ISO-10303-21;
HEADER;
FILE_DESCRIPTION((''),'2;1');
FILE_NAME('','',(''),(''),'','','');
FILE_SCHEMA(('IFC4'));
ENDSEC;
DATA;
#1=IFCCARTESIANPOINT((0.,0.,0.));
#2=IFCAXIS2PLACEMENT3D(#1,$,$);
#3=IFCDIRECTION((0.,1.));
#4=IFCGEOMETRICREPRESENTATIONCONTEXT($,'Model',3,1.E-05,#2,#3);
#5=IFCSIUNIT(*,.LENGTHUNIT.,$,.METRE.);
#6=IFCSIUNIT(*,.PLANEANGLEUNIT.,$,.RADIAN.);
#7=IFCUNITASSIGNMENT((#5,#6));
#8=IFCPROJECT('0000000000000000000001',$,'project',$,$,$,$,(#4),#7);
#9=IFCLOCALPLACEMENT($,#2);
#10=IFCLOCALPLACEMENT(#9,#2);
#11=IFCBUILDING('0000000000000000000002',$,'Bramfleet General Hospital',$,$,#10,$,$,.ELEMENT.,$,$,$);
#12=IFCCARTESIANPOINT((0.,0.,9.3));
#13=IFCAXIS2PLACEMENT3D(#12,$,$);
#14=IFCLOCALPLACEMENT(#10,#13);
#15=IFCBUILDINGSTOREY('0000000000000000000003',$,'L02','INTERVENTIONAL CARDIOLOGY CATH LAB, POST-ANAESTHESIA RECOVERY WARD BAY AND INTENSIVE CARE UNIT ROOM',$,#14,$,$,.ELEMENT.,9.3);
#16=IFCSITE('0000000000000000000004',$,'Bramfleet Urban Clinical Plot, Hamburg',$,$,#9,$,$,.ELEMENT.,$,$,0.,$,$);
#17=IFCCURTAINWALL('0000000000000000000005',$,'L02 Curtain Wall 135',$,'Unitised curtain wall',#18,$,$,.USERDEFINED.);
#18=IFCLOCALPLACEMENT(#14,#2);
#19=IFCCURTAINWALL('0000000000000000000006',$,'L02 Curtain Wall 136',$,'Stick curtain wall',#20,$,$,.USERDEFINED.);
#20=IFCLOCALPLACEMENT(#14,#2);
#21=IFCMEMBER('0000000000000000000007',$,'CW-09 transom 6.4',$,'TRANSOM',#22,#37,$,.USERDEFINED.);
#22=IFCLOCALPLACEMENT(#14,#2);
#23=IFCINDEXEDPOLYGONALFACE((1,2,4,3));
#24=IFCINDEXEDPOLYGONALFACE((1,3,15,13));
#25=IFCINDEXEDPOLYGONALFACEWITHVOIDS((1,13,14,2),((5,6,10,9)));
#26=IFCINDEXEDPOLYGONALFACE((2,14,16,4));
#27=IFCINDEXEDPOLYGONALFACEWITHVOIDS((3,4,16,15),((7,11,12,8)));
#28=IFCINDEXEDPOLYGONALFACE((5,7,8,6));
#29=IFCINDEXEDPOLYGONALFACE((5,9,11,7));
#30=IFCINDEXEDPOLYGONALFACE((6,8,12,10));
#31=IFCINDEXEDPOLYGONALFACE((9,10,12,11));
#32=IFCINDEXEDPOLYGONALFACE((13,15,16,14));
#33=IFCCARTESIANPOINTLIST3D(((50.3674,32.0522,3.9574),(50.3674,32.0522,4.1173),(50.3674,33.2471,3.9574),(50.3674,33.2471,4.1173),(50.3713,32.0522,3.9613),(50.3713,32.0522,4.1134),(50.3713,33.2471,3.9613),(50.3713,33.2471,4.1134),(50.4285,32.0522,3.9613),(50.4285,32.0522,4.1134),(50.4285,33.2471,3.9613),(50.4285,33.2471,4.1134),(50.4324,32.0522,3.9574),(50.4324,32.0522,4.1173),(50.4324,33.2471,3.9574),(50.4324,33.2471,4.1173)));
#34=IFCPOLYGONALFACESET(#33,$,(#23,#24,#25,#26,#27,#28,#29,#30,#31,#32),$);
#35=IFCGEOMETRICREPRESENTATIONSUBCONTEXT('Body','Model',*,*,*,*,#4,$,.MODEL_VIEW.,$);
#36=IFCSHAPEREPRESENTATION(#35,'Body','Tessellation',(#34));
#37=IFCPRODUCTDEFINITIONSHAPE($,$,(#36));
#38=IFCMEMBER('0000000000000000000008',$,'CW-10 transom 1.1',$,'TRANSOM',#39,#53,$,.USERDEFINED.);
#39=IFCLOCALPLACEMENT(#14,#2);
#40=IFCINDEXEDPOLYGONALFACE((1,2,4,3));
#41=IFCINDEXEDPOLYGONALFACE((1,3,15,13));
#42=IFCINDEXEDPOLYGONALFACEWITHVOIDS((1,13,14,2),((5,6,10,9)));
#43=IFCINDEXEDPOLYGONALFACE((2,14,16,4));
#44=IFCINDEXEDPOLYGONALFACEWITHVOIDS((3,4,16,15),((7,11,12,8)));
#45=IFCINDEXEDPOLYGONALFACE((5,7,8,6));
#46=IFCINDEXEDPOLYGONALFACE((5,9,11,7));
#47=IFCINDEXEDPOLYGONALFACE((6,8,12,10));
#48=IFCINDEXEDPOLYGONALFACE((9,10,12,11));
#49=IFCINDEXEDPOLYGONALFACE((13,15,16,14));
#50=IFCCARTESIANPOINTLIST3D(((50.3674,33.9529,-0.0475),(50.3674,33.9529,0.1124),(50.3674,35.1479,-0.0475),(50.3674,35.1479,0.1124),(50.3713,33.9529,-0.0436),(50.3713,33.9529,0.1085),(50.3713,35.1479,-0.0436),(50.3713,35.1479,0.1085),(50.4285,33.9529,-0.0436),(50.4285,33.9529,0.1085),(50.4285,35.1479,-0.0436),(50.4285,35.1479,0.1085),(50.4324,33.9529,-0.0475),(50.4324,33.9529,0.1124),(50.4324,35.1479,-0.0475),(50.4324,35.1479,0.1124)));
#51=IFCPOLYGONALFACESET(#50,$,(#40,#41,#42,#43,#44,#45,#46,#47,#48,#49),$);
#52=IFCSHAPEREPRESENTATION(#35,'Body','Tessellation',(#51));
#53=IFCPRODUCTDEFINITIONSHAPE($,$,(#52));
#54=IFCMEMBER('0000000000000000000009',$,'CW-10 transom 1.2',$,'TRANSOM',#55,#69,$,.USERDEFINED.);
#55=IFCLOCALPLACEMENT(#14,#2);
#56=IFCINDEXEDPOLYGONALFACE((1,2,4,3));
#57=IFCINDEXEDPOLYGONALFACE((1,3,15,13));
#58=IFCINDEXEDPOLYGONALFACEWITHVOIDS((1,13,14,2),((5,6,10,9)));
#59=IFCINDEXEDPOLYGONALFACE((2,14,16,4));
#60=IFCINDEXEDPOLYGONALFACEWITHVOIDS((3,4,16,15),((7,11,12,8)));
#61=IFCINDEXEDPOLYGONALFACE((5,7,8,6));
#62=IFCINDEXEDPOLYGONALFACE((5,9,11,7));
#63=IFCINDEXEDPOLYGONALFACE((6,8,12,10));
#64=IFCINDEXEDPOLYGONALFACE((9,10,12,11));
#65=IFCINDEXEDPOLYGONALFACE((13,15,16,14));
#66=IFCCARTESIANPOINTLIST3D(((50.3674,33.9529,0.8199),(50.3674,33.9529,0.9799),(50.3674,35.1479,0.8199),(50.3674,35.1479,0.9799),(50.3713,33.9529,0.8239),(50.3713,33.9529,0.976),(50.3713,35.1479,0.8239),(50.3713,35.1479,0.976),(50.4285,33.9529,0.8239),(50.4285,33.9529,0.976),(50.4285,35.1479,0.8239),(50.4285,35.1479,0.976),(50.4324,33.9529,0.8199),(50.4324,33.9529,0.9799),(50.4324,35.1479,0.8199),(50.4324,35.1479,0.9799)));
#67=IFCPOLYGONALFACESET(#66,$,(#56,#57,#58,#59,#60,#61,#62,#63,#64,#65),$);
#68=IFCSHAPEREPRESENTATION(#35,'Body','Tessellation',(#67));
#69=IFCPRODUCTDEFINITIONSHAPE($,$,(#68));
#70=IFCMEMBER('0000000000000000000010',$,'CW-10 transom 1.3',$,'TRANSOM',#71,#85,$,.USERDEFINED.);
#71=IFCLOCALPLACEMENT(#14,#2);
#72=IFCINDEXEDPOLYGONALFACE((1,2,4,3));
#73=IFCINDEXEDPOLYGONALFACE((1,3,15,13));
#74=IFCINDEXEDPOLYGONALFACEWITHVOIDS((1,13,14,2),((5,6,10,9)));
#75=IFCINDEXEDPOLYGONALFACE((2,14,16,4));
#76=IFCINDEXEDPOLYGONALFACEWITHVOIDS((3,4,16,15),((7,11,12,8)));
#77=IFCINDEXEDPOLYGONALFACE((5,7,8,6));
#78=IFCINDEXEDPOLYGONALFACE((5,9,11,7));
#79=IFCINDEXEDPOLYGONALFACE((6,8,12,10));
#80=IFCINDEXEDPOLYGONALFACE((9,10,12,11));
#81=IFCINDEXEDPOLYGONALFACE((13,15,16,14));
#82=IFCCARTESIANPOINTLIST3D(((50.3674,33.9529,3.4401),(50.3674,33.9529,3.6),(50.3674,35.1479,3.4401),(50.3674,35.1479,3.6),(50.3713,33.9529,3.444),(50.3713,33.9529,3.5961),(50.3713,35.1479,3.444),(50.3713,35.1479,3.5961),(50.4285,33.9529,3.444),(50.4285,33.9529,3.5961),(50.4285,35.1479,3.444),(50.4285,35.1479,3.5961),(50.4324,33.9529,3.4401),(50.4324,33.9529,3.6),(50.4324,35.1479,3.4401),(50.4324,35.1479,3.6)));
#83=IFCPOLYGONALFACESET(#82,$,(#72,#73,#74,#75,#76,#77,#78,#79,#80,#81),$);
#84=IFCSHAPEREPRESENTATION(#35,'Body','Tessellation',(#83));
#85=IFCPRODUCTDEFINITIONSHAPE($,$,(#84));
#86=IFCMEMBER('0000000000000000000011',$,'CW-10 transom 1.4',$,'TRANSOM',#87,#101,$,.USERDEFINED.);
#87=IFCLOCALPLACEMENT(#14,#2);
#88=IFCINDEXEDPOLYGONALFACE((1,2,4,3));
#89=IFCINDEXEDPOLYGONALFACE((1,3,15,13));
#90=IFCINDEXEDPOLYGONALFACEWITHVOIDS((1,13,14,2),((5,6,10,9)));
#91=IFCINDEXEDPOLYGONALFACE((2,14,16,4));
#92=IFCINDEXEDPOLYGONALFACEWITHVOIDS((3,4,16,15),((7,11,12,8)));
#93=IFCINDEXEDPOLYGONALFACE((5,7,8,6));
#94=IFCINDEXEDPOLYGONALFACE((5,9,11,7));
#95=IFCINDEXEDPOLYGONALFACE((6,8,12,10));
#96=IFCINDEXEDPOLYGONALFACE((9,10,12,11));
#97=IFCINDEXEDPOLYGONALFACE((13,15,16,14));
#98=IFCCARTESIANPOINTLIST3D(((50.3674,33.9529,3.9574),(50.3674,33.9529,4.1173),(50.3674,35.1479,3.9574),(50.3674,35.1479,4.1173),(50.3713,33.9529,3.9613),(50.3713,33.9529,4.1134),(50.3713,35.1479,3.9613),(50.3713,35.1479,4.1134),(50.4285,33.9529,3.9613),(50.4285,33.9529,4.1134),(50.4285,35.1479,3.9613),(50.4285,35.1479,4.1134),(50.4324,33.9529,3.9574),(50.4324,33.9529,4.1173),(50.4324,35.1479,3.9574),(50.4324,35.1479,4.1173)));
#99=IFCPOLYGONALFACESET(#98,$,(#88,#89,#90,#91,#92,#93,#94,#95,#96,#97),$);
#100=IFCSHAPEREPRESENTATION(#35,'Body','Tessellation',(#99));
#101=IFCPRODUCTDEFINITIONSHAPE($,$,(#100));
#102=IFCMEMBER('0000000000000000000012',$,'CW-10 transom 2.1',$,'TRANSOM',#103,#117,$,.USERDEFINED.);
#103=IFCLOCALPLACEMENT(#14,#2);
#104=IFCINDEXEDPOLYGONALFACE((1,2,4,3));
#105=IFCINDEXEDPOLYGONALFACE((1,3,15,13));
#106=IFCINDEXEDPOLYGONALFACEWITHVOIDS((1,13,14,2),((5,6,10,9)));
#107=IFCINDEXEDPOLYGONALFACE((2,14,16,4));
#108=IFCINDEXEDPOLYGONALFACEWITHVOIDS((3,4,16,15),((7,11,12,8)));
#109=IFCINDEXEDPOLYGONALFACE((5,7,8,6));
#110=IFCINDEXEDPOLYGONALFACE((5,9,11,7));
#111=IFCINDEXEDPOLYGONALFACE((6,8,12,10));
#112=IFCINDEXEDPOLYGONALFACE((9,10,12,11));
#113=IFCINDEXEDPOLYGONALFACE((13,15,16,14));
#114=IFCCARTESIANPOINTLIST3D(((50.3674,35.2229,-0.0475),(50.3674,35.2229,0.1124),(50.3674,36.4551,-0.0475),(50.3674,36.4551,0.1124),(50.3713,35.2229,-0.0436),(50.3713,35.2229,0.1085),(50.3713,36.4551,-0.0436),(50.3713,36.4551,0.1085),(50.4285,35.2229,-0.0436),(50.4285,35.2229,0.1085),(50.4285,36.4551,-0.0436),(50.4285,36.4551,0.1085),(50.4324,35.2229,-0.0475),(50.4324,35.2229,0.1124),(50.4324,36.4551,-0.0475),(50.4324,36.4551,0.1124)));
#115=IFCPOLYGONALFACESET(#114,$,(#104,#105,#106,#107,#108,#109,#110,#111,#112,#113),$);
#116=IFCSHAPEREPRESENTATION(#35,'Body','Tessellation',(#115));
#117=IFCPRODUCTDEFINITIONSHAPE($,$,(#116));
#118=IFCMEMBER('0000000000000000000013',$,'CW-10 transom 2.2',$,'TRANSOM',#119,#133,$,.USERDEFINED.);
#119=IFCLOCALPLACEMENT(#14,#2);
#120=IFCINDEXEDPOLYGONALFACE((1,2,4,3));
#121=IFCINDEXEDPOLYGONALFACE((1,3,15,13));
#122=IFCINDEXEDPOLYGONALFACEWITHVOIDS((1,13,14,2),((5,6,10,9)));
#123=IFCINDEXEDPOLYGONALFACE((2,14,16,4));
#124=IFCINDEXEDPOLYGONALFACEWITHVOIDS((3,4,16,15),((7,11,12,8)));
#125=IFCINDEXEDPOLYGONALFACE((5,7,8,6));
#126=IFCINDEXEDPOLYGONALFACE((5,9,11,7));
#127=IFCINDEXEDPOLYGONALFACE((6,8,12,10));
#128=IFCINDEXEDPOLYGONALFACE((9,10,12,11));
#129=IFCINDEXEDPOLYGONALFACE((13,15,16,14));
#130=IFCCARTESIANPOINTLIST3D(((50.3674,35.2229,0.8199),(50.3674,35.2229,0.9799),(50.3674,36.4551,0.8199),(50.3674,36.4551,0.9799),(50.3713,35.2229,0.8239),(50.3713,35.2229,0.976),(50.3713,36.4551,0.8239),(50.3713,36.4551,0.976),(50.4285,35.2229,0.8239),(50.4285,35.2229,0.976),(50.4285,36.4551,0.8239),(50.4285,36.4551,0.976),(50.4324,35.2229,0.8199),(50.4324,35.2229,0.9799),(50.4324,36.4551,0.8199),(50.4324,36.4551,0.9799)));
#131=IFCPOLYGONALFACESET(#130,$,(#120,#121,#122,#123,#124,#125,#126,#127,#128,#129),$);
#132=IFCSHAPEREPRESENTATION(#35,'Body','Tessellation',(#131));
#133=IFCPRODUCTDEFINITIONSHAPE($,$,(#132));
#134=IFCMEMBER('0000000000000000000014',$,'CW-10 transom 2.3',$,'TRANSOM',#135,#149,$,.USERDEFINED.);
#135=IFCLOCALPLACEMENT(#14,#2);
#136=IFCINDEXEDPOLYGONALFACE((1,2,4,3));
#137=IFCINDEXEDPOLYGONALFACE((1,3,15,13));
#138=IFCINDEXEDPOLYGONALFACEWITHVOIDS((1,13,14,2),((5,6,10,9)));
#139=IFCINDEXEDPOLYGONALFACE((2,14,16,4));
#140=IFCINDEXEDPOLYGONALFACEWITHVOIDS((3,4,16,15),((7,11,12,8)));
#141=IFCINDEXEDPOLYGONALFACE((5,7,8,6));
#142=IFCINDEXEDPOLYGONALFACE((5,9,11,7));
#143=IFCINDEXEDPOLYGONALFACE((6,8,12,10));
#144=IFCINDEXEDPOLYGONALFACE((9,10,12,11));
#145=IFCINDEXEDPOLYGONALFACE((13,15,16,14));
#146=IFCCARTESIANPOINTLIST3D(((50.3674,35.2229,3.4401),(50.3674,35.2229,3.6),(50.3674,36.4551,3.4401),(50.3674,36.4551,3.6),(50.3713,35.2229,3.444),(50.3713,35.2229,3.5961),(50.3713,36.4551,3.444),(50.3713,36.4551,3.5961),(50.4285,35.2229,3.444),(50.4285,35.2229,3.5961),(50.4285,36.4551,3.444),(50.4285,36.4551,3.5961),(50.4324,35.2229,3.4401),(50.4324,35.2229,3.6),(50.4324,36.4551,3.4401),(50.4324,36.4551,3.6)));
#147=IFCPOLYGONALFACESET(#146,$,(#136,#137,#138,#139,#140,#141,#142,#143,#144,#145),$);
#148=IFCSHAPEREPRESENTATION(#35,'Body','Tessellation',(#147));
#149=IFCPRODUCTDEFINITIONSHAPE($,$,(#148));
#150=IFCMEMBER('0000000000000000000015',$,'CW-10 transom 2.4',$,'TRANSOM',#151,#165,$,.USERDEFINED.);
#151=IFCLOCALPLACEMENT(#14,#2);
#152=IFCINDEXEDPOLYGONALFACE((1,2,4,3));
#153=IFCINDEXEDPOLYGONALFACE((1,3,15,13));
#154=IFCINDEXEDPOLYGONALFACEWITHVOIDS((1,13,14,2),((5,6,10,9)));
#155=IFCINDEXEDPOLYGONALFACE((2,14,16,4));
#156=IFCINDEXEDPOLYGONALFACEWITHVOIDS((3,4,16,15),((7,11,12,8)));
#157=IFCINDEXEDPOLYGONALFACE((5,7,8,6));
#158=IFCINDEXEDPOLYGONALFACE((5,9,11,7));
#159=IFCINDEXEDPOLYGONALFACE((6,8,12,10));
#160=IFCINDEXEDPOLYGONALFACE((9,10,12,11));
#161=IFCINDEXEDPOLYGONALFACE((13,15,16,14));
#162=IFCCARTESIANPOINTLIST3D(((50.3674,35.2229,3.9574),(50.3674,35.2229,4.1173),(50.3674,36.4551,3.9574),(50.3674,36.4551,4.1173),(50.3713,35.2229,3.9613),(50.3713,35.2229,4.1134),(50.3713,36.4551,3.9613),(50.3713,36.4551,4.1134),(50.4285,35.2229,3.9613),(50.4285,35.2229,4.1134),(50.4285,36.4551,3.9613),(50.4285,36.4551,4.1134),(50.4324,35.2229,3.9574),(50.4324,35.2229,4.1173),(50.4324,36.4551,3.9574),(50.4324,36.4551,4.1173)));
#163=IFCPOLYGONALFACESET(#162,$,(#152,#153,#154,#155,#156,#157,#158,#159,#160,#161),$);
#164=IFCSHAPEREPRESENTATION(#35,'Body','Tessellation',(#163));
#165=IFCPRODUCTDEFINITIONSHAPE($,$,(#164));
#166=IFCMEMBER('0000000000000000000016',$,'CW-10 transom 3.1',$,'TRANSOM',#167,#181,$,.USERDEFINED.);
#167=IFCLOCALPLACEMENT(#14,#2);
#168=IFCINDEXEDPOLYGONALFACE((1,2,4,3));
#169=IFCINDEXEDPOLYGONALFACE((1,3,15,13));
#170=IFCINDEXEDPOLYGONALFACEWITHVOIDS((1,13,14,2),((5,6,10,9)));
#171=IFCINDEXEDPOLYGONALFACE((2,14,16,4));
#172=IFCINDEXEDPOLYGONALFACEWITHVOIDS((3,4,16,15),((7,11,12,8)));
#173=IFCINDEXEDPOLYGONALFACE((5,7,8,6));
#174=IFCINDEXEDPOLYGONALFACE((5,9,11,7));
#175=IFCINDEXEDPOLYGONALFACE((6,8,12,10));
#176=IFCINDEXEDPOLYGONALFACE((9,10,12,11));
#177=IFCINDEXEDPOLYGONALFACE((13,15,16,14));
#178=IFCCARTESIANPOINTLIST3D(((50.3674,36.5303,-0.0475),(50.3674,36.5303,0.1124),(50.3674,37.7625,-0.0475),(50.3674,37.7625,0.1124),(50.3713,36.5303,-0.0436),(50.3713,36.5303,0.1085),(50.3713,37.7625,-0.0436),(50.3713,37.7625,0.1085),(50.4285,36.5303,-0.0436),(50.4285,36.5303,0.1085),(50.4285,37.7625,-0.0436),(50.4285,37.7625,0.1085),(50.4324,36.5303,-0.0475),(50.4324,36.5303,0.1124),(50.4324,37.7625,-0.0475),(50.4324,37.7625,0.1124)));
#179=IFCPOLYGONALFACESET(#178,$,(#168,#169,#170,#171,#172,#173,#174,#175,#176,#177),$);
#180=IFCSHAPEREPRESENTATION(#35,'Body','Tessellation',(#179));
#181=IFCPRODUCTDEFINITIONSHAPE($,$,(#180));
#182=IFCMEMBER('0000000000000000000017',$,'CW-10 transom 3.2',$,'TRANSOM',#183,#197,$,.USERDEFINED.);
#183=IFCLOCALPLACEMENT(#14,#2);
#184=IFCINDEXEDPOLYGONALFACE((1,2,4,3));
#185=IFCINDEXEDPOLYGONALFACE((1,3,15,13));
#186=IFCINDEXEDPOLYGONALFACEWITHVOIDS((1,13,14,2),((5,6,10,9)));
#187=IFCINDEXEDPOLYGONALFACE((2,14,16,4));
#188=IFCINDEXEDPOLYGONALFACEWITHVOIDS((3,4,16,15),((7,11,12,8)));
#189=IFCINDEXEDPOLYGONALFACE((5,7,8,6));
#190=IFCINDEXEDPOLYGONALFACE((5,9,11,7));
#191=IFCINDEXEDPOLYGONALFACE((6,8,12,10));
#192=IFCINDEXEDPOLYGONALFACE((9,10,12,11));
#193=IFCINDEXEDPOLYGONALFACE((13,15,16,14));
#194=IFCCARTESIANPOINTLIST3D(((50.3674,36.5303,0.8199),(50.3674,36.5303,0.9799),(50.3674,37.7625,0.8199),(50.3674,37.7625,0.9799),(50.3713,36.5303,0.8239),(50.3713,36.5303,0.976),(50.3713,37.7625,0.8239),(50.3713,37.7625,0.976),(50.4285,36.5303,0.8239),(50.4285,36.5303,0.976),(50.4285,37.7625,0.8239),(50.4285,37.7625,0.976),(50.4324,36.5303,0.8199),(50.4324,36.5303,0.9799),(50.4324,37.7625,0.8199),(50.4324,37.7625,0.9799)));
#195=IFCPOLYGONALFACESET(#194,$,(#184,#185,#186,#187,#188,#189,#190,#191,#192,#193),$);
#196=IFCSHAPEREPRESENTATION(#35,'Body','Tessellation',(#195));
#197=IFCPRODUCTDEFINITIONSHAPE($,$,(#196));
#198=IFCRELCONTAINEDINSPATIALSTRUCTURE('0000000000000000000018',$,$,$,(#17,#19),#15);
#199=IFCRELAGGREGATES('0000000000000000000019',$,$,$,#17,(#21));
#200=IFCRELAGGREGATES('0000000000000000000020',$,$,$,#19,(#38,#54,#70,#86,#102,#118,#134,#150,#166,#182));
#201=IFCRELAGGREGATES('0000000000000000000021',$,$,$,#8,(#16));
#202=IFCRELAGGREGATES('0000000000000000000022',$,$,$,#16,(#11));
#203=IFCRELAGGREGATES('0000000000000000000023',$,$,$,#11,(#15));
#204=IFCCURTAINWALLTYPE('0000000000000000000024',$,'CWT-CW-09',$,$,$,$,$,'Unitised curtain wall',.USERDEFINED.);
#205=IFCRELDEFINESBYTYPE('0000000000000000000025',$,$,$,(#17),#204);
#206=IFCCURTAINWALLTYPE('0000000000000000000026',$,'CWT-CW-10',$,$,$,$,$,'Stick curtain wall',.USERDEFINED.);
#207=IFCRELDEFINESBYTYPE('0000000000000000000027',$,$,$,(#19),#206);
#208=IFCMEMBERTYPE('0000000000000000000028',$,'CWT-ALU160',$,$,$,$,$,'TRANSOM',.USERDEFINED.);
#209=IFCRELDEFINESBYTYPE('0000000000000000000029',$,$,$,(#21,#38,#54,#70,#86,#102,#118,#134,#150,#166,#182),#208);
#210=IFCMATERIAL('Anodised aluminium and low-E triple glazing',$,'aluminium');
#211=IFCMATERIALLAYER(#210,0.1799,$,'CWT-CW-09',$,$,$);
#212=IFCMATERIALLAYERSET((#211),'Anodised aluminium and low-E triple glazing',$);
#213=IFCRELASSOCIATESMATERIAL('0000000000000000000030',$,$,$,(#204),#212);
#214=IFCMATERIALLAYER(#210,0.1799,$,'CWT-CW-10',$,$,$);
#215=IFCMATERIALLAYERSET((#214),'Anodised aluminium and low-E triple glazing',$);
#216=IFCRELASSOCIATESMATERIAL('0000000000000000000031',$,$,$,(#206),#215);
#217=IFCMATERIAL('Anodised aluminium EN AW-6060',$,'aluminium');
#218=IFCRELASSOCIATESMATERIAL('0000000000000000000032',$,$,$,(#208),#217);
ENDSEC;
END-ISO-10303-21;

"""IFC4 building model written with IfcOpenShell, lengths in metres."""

from ifc_helpers import new_model, si_unit, direction, frame, origin, origin_2d, place, context, subcontext, project, spatial, hollow_rectangle, extrude, material, layer, layer_set, material_profile, profile_set, type_object, element, aggregate, save


model = new_model("IFC4")

# Units and contexts
model_context = context("Model", 3, precision=1e-05, world=origin(), true_north=direction((0.0, 1.0)))
body_context = subcontext(model_context, "Body", "Model", "MODEL_VIEW")
ifc_project = project(units=[si_unit("LENGTHUNIT", "METRE"), si_unit("PLANEANGLEUNIT", "RADIAN")], contexts=[model_context])

# Site, building, storey
site_placement = place(None, origin())
site = spatial("IfcSite", under=ifc_project, at=site_placement, Name="Bramfleet Urban Clinical Plot, Hamburg", CompositionType="ELEMENT", RefElevation=0.0)
building_placement = place(site_placement, origin())
building = spatial("IfcBuilding", under=site, at=building_placement, Name="Bramfleet General Hospital", CompositionType="ELEMENT")
storey_placement = place(building_placement, frame((0.0, 0.0, 9.3)))
storey = spatial("IfcBuildingStorey", under=building, at=storey_placement, Name="L02", Description="INTERVENTIONAL CARDIOLOGY CATH LAB, POST-ANAESTHESIA RECOVERY WARD BAY AND INTENSIVE CARE UNIT ROOM", CompositionType="ELEMENT", Elevation=9.3)

# Curtain wall
ifc_material_1 = material(Name="Anodised aluminium and low-E triple glazing", Category="aluminium")
ifc_layer_1 = layer(ifc_material_1, 0.1799, Name="CWT-CW-09")
ifc_layer_set_1 = layer_set([ifc_layer_1], Name="Anodised aluminium and low-E triple glazing")
curtain_wall_type_1 = type_object("IfcCurtainWallType", Name="CWT-CW-09", ElementType="Unitised curtain wall", PredefinedType="USERDEFINED", material=ifc_layer_set_1)
curtain_wall_1_placement = place(storey_placement, origin())
curtain_wall_1 = element("IfcCurtainWall", 1, at=curtain_wall_1_placement, inside=storey, type_object=curtain_wall_type_1, Name="L02 Curtain Wall 135", ObjectType="Unitised curtain wall", PredefinedType="USERDEFINED")
ifc_material_2 = material(Name="Anodised aluminium EN AW-6060", Category="aluminium")

# Curtain wall
ifc_layer_2 = layer(ifc_material_1, 0.1799, Name="CWT-CW-10")
ifc_layer_set_2 = layer_set([ifc_layer_2], Name="Anodised aluminium and low-E triple glazing")
curtain_wall_type_2 = type_object("IfcCurtainWallType", Name="CWT-CW-10", ElementType="Stick curtain wall", PredefinedType="USERDEFINED", material=ifc_layer_set_2)
curtain_wall_2_placement = place(storey_placement, origin())
curtain_wall_2 = element("IfcCurtainWall", 2, at=curtain_wall_2_placement, inside=storey, type_object=curtain_wall_type_2, Name="L02 Curtain Wall 136", ObjectType="Stick curtain wall", PredefinedType="USERDEFINED")

# Members
ifc_material_profile_1 = material_profile(ifc_material_2, hollow_rectangle(XDim=0.0649, YDim=0.1599, WallThickness=0.0039, at=origin_2d()), Name="ALU 160x65x4.0")
ifc_profile_set_1 = profile_set([ifc_material_profile_1], Name="Anodised aluminium EN AW-6060")
member_type_1 = type_object("IfcMemberType", Name="CWT-ALU160", ElementType="TRANSOM", PredefinedType="USERDEFINED", material=ifc_profile_set_1)
member_1_placement = place(storey_placement, frame((50.3999, 32.0522, 4.0374), z_axis=(0.0, 1.0, 0.0), x_axis=(-1.0, 0.0, 0.0)))
member_1 = element("IfcMember", 3, at=member_1_placement, type_object=member_type_1, Name="CW-09 transom 6.4", ObjectType="TRANSOM", PredefinedType="USERDEFINED", context=body_context, shape_type="SweptSolid", body=[
    extrude(hollow_rectangle(XDim=0.0649, YDim=0.1599, WallThickness=0.0039, at=origin_2d()), origin(), (0.0, 0.0, 1.0), 1.1948),
])
member_2_placement = place(storey_placement, frame((50.3999, 33.9529, 0.0325), z_axis=(0.0, 1.0, 0.0), x_axis=(-1.0, 0.0, 0.0)))
member_2 = element("IfcMember", 4, at=member_2_placement, type_object=member_type_1, Name="CW-10 transom 1.1", ObjectType="TRANSOM", PredefinedType="USERDEFINED", context=body_context, shape_type="SweptSolid", body=[
    extrude(hollow_rectangle(XDim=0.0649, YDim=0.1599, WallThickness=0.0039, at=origin_2d()), origin(), (0.0, 0.0, 1.0), 1.1951),
])
member_3_placement = place(storey_placement, frame((50.3999, 33.9529, 0.8999), z_axis=(0.0, 1.0, 0.0), x_axis=(-1.0, 0.0, 0.0)))
member_3 = element("IfcMember", 5, at=member_3_placement, type_object=member_type_1, Name="CW-10 transom 1.2", ObjectType="TRANSOM", PredefinedType="USERDEFINED", context=body_context, shape_type="SweptSolid", body=[
    extrude(hollow_rectangle(XDim=0.0649, YDim=0.1599, WallThickness=0.0039, at=origin_2d()), origin(), (0.0, 0.0, 1.0), 1.1951),
])
member_4_placement = place(storey_placement, frame((50.3999, 33.9529, 3.52), z_axis=(0.0, 1.0, 0.0), x_axis=(-1.0, 0.0, 0.0)))
member_4 = element("IfcMember", 6, at=member_4_placement, type_object=member_type_1, Name="CW-10 transom 1.3", ObjectType="TRANSOM", PredefinedType="USERDEFINED", context=body_context, shape_type="SweptSolid", body=[
    extrude(hollow_rectangle(XDim=0.0649, YDim=0.1599, WallThickness=0.0039, at=origin_2d()), origin(), (0.0, 0.0, 1.0), 1.1951),
])
member_5_placement = place(storey_placement, frame((50.3999, 33.9529, 4.0374), z_axis=(0.0, 1.0, 0.0), x_axis=(-1.0, 0.0, 0.0)))
member_5 = element("IfcMember", 7, at=member_5_placement, type_object=member_type_1, Name="CW-10 transom 1.4", ObjectType="TRANSOM", PredefinedType="USERDEFINED", context=body_context, shape_type="SweptSolid", body=[
    extrude(hollow_rectangle(XDim=0.0649, YDim=0.1599, WallThickness=0.0039, at=origin_2d()), origin(), (0.0, 0.0, 1.0), 1.1951),
])
member_6_placement = place(storey_placement, frame((50.3999, 35.2229, 0.0325), z_axis=(0.0, 1.0, 0.0), x_axis=(-1.0, 0.0, 0.0)))
member_6 = element("IfcMember", 8, at=member_6_placement, type_object=member_type_1, Name="CW-10 transom 2.1", ObjectType="TRANSOM", PredefinedType="USERDEFINED", context=body_context, shape_type="SweptSolid", body=[
    extrude(hollow_rectangle(XDim=0.0649, YDim=0.1599, WallThickness=0.0039, at=origin_2d()), origin(), (0.0, 0.0, 1.0), 1.2322),
])
member_7_placement = place(storey_placement, frame((50.3999, 35.2229, 0.8999), z_axis=(0.0, 1.0, 0.0), x_axis=(-1.0, 0.0, 0.0)))
member_7 = element("IfcMember", 9, at=member_7_placement, type_object=member_type_1, Name="CW-10 transom 2.2", ObjectType="TRANSOM", PredefinedType="USERDEFINED", context=body_context, shape_type="SweptSolid", body=[
    extrude(hollow_rectangle(XDim=0.0649, YDim=0.1599, WallThickness=0.0039, at=origin_2d()), origin(), (0.0, 0.0, 1.0), 1.2322),
])
member_8_placement = place(storey_placement, frame((50.3999, 35.2229, 3.52), z_axis=(0.0, 1.0, 0.0), x_axis=(-1.0, 0.0, 0.0)))
member_8 = element("IfcMember", 10, at=member_8_placement, type_object=member_type_1, Name="CW-10 transom 2.3", ObjectType="TRANSOM", PredefinedType="USERDEFINED", context=body_context, shape_type="SweptSolid", body=[
    extrude(hollow_rectangle(XDim=0.0649, YDim=0.1599, WallThickness=0.0039, at=origin_2d()), origin(), (0.0, 0.0, 1.0), 1.2322),
])
member_9_placement = place(storey_placement, frame((50.3999, 35.2229, 4.0374), z_axis=(0.0, 1.0, 0.0), x_axis=(-1.0, 0.0, 0.0)))
member_9 = element("IfcMember", 11, at=member_9_placement, type_object=member_type_1, Name="CW-10 transom 2.4", ObjectType="TRANSOM", PredefinedType="USERDEFINED", context=body_context, shape_type="SweptSolid", body=[
    extrude(hollow_rectangle(XDim=0.0649, YDim=0.1599, WallThickness=0.0039, at=origin_2d()), origin(), (0.0, 0.0, 1.0), 1.2322),
])
member_10_placement = place(storey_placement, frame((50.3999, 36.5303, 0.0325), z_axis=(0.0, 1.0, 0.0), x_axis=(-1.0, 0.0, 0.0)))
member_10 = element("IfcMember", 12, at=member_10_placement, type_object=member_type_1, Name="CW-10 transom 3.1", ObjectType="TRANSOM", PredefinedType="USERDEFINED", context=body_context, shape_type="SweptSolid", body=[
    extrude(hollow_rectangle(XDim=0.0649, YDim=0.1599, WallThickness=0.0039, at=origin_2d()), origin(), (0.0, 0.0, 1.0), 1.2322),
])
member_11_placement = place(storey_placement, frame((50.3999, 36.5303, 0.8999), z_axis=(0.0, 1.0, 0.0), x_axis=(-1.0, 0.0, 0.0)))
member_11 = element("IfcMember", 13, at=member_11_placement, type_object=member_type_1, Name="CW-10 transom 3.2", ObjectType="TRANSOM", PredefinedType="USERDEFINED", context=body_context, shape_type="SweptSolid", body=[
    extrude(hollow_rectangle(XDim=0.0649, YDim=0.1599, WallThickness=0.0039, at=origin_2d()), origin(), (0.0, 0.0, 1.0), 1.2322),
])

aggregate(curtain_wall_1, [member_1])
aggregate(curtain_wall_2, [member_2, member_3, member_4, member_5, member_6, member_7, member_8, member_9, member_10, member_11])

save(model, "model.ifc")
